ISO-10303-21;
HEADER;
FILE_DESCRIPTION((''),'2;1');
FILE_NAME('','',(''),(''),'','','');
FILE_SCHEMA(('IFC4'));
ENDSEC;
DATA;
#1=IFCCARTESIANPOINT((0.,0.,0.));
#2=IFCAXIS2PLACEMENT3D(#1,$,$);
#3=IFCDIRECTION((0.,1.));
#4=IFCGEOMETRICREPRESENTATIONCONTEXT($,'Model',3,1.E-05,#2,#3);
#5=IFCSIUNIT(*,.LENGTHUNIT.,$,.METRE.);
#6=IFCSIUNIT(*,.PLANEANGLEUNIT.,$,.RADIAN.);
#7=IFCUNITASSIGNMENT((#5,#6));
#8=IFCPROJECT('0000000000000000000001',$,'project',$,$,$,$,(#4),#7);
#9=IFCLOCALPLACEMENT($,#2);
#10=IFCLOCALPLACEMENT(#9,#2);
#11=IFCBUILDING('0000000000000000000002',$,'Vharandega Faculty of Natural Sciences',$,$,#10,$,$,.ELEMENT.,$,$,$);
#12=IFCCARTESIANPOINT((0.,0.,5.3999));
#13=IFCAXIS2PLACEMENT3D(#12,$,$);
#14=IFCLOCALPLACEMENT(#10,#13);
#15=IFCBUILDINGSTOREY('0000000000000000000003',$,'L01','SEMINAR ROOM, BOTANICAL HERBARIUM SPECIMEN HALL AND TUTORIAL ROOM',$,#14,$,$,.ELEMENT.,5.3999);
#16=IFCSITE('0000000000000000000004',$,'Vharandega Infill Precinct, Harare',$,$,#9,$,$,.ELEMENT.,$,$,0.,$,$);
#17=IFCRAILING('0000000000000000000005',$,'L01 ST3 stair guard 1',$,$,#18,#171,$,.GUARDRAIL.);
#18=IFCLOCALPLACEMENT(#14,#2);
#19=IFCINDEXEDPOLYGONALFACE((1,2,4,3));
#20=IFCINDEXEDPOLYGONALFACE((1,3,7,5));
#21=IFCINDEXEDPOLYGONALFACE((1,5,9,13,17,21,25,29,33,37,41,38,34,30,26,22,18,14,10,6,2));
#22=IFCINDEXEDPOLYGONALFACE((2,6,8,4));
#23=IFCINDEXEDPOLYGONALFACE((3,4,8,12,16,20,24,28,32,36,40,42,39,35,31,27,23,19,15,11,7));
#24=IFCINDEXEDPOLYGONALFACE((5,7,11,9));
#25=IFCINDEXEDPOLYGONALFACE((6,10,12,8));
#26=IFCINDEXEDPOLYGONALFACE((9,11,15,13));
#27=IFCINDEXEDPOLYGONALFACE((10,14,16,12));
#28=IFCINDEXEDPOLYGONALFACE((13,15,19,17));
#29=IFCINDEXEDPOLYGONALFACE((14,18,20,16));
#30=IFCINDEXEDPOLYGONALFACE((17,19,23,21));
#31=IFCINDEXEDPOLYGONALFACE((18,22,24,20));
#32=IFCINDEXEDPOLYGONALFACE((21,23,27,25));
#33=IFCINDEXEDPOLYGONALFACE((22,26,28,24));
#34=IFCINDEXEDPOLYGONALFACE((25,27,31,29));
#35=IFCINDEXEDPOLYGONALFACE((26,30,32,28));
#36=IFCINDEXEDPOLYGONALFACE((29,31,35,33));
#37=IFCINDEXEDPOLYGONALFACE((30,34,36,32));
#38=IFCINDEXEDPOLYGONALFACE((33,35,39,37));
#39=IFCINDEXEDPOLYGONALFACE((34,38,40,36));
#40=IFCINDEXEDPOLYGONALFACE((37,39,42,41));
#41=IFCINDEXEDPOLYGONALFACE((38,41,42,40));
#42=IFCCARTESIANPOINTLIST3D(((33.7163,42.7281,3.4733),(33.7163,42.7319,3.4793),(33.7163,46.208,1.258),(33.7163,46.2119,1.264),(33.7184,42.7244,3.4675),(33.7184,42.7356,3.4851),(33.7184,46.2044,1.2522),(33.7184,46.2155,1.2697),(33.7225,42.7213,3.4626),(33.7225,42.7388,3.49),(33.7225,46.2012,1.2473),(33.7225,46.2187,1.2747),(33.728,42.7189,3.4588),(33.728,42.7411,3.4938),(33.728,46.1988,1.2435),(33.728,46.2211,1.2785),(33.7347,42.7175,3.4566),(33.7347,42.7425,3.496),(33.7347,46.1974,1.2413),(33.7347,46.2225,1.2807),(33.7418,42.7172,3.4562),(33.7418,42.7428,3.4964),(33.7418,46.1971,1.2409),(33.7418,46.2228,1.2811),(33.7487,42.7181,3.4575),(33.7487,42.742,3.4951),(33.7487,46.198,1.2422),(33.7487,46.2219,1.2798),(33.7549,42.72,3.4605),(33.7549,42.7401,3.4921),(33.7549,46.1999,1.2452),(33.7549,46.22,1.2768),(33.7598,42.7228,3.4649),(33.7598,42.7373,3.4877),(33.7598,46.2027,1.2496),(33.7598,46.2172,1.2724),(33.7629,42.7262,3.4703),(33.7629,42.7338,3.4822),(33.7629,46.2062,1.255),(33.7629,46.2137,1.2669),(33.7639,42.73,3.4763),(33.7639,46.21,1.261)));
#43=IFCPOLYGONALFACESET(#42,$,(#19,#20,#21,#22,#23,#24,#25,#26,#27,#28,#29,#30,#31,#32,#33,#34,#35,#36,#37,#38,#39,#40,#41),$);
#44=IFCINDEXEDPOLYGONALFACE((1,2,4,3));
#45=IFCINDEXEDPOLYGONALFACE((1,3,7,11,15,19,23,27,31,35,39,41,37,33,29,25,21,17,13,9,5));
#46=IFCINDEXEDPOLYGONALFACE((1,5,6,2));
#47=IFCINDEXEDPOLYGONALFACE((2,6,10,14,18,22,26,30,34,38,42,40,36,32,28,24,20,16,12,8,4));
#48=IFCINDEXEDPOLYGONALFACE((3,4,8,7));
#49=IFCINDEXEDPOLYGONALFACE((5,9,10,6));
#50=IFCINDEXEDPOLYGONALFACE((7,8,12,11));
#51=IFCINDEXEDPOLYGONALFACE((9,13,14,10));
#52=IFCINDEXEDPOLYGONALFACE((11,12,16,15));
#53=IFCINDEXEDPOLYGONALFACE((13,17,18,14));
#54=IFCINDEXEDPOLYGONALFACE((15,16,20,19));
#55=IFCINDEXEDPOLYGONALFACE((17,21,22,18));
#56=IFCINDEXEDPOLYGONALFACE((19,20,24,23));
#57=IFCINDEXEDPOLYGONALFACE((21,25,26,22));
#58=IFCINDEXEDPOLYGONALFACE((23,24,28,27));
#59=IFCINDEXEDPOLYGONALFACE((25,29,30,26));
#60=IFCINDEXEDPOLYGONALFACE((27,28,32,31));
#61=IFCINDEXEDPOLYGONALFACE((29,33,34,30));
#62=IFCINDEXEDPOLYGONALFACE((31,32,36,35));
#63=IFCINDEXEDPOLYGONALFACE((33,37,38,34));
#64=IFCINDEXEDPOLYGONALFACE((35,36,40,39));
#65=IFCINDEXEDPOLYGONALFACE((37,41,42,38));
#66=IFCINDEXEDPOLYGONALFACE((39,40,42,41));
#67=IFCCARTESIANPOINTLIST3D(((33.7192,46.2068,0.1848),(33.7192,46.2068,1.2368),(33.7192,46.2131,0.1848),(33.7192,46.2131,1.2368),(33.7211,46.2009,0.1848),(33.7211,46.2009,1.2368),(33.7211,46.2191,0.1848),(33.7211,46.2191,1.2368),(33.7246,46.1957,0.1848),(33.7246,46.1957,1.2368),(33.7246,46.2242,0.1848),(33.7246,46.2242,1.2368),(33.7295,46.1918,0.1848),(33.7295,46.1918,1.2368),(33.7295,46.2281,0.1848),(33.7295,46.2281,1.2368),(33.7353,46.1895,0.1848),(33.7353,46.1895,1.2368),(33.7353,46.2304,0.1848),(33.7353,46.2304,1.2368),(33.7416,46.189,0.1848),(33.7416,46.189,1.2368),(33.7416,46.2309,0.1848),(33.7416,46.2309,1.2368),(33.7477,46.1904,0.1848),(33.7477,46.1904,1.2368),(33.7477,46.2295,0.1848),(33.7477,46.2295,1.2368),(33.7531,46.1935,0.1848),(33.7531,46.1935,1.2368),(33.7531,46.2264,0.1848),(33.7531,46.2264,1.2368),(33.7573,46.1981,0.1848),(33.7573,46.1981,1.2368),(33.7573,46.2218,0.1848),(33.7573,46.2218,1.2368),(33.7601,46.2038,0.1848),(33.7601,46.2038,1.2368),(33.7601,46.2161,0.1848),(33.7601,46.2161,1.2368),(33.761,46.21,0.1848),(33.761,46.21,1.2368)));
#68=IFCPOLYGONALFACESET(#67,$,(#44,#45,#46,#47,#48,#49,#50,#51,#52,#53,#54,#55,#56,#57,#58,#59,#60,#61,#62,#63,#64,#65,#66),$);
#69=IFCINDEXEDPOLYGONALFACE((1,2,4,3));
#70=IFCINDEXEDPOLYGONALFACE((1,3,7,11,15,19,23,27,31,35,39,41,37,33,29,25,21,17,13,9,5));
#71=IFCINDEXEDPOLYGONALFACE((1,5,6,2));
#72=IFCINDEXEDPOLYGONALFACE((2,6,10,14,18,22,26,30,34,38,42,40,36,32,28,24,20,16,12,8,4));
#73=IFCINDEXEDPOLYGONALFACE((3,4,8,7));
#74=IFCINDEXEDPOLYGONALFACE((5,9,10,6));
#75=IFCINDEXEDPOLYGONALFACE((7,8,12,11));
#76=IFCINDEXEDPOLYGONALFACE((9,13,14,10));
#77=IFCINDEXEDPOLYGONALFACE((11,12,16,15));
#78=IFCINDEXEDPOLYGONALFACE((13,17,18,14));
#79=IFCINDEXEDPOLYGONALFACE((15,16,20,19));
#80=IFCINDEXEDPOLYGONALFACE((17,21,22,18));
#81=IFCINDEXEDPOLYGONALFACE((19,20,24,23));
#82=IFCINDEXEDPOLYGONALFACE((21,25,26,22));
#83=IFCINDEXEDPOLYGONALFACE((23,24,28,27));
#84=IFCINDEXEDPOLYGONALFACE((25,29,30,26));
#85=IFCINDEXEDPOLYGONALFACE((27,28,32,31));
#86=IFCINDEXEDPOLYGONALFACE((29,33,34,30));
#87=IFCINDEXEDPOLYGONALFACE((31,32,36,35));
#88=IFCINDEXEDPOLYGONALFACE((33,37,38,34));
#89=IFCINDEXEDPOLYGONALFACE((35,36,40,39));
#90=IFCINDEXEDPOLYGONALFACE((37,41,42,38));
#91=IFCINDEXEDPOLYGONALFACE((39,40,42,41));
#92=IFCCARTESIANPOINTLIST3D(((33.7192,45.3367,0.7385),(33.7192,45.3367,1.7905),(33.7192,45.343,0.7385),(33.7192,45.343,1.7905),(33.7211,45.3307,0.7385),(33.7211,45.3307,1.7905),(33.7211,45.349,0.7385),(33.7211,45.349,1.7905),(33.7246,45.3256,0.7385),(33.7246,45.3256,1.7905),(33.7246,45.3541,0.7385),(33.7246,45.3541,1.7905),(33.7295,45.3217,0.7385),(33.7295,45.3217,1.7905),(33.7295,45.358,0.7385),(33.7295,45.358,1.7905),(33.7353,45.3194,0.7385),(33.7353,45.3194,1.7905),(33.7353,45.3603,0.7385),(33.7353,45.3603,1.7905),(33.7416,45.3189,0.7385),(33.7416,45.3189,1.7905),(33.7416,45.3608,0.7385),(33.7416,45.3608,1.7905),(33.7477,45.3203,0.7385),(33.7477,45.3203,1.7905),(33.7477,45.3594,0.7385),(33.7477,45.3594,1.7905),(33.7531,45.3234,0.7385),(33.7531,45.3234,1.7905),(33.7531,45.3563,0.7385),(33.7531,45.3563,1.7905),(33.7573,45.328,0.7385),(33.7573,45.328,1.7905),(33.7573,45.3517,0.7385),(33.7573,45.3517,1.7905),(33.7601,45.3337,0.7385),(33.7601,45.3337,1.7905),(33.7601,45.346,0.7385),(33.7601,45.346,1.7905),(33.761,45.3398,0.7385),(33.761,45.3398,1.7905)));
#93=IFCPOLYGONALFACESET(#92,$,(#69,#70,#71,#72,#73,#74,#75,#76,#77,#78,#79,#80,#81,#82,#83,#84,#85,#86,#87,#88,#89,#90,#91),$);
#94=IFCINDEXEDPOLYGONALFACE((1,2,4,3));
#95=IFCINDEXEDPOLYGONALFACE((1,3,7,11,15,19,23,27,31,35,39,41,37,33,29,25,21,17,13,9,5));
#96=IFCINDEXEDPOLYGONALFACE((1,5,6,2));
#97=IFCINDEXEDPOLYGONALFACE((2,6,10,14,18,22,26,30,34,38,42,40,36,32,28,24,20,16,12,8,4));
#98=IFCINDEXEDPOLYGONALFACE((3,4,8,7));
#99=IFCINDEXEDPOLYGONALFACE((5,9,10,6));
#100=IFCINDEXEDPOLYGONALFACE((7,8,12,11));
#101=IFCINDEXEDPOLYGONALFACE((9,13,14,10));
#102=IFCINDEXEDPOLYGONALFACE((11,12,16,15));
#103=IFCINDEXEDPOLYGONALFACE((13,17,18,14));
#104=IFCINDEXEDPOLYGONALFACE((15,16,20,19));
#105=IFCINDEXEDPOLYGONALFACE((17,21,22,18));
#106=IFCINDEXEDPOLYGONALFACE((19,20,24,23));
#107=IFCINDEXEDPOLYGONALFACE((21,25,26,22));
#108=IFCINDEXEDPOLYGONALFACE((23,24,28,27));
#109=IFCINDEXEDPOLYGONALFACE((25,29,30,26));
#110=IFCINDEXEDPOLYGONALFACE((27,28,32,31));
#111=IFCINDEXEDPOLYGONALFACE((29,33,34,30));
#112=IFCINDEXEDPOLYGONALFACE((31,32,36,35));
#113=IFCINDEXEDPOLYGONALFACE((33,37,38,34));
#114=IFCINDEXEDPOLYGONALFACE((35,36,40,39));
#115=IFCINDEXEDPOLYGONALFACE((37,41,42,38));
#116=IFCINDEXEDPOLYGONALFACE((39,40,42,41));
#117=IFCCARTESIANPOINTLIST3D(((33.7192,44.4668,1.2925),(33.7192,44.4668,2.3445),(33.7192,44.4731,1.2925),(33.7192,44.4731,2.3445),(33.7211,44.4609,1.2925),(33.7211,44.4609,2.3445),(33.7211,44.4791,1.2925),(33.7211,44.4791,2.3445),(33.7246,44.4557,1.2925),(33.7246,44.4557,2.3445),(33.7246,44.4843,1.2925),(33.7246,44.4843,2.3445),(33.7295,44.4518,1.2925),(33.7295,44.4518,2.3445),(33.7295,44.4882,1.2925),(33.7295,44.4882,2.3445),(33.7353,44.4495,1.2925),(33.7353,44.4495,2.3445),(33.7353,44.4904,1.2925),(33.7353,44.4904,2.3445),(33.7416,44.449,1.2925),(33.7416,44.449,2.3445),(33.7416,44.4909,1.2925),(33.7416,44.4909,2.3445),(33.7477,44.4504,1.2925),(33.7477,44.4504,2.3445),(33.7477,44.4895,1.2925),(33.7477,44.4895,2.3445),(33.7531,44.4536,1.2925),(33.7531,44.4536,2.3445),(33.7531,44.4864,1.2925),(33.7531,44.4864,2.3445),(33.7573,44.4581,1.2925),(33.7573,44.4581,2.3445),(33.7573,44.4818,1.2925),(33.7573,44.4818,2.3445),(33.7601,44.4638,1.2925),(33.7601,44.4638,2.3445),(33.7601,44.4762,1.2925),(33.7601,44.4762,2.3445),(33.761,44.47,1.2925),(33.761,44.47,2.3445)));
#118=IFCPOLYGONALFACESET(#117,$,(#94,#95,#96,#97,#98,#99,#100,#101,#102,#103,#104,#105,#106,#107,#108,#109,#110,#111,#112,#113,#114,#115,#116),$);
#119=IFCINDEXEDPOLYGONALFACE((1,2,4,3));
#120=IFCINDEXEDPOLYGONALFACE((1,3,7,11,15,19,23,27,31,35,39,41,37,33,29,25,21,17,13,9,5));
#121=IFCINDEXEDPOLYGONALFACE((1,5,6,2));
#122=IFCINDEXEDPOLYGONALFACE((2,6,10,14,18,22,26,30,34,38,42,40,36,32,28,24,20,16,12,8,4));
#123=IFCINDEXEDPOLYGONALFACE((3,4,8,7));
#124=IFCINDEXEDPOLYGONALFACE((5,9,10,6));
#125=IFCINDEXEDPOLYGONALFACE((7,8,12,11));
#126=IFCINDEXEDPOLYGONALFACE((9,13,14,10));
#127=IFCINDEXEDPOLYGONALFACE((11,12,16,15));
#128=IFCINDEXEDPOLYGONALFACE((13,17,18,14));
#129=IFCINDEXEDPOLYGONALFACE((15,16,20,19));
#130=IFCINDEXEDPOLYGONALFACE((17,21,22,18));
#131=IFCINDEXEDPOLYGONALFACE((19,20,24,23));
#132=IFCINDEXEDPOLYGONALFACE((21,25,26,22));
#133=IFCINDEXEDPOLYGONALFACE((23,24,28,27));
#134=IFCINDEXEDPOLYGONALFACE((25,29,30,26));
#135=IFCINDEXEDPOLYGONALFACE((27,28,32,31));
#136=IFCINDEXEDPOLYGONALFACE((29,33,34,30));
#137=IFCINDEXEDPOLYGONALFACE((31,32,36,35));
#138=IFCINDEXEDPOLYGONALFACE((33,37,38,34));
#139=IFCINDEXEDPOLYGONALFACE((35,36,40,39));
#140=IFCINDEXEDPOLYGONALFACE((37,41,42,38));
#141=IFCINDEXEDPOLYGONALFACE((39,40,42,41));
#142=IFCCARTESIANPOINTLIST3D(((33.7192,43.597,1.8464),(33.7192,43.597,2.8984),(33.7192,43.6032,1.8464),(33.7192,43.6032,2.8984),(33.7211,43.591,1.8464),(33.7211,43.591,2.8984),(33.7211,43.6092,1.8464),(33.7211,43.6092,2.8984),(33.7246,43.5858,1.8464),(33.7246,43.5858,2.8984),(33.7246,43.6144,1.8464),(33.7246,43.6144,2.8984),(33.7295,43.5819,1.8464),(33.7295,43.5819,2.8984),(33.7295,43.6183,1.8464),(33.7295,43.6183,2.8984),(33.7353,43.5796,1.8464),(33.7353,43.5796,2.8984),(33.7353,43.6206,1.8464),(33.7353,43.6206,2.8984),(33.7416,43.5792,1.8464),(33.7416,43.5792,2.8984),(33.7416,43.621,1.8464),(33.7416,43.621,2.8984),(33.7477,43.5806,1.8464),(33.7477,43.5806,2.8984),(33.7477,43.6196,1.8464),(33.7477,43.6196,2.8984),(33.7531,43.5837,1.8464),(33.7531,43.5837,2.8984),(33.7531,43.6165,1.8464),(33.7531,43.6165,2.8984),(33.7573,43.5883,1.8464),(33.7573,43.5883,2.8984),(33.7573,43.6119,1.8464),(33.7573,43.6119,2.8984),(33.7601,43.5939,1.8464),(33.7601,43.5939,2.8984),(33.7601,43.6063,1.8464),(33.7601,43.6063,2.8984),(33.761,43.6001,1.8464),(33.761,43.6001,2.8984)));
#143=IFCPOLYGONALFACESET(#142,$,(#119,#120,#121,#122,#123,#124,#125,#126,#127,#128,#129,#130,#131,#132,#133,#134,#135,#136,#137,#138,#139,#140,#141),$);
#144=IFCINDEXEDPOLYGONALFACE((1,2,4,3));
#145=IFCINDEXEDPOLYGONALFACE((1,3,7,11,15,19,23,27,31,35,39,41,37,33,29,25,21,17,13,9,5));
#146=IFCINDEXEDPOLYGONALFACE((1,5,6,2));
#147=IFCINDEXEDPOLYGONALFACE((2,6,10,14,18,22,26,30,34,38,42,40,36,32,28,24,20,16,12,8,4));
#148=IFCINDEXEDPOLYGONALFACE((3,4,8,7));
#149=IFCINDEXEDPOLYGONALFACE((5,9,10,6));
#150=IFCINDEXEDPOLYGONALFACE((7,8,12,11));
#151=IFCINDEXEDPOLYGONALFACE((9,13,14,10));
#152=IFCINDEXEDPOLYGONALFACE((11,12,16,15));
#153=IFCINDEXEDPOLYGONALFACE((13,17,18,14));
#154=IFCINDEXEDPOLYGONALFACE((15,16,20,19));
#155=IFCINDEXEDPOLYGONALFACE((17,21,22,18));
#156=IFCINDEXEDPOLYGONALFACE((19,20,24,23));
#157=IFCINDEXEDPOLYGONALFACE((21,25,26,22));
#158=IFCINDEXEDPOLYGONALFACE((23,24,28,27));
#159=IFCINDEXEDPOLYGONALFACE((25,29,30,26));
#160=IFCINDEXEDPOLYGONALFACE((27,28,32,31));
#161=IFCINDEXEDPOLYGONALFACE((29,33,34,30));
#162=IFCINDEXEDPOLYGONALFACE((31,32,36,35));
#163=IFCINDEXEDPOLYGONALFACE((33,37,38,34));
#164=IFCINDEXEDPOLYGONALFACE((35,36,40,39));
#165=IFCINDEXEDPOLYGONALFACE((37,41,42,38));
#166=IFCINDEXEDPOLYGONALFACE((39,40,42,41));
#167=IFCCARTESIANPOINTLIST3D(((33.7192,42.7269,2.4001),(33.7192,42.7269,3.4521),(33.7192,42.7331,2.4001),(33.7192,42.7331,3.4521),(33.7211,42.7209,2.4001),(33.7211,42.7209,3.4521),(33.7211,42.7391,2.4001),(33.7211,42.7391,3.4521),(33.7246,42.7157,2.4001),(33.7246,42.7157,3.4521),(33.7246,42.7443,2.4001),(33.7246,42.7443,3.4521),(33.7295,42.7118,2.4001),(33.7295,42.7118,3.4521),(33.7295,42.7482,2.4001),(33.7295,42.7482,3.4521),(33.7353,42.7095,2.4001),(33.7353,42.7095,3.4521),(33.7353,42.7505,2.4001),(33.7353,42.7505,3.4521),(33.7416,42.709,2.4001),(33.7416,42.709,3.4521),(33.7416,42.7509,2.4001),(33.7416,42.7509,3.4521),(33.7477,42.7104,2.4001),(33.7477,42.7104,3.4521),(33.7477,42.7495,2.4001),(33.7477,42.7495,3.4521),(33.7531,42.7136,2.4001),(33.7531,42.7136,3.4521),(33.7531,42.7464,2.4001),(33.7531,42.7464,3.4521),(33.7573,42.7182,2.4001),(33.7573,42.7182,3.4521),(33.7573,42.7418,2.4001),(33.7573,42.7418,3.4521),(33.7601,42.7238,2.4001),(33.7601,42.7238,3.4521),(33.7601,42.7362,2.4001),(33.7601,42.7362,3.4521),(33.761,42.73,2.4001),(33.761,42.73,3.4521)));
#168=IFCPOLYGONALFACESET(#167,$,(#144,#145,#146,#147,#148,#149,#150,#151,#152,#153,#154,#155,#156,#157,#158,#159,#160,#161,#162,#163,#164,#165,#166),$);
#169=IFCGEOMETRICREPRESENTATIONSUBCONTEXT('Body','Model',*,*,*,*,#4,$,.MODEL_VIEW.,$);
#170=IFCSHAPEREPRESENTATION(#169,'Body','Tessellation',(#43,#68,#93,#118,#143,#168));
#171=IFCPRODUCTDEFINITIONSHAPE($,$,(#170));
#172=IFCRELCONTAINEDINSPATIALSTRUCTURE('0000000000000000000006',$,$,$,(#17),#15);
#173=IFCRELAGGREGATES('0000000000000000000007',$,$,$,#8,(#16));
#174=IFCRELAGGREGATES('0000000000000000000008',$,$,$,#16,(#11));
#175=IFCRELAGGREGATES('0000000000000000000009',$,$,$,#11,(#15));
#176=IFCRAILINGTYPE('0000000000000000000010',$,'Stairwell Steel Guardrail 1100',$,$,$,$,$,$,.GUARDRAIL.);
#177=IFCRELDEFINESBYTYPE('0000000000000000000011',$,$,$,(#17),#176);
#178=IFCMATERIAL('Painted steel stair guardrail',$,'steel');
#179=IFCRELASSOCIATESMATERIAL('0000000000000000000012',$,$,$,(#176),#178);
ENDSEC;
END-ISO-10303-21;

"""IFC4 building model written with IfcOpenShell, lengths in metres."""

from ifc_helpers import new_model, si_unit, direction, frame, origin, origin_2d, place, context, subcontext, project, spatial, circle, extrude, material, type_object, element, save


model = new_model("IFC4")

# Units and contexts
model_context = context("Model", 3, precision=1e-05, world=origin(), true_north=direction((0.0, 1.0)))
body_context = subcontext(model_context, "Body", "Model", "MODEL_VIEW")
ifc_project = project(units=[si_unit("LENGTHUNIT", "METRE"), si_unit("PLANEANGLEUNIT", "RADIAN")], contexts=[model_context])

# Site, building, storey
site_placement = place(None, origin())
site = spatial("IfcSite", under=ifc_project, at=site_placement, Name="Vharandega Infill Precinct, Harare", CompositionType="ELEMENT", RefElevation=0.0)
building_placement = place(site_placement, origin())
building = spatial("IfcBuilding", under=site, at=building_placement, Name="Vharandega Faculty of Natural Sciences", CompositionType="ELEMENT")
storey_placement = place(building_placement, frame((0.0, 0.0, 5.3999)))
storey = spatial("IfcBuildingStorey", under=building, at=storey_placement, Name="L01", Description="SEMINAR ROOM, BOTANICAL HERBARIUM SPECIMEN HALL AND TUTORIAL ROOM", CompositionType="ELEMENT", Elevation=5.3999)

# Railing
ifc_material_1 = material(Name="Painted steel stair guardrail", Category="steel")
railing_type_1 = type_object("IfcRailingType", Name="Stairwell Steel Guardrail 1100", PredefinedType="GUARDRAIL", material=ifc_material_1)
railing_1_placement = place(storey_placement, frame((33.74, 46.21, 0.1848)))
element("IfcRailing", 1, at=railing_1_placement, inside=storey, type_object=railing_type_1, Name="L01 ST3 stair guard 1", PredefinedType="GUARDRAIL", context=body_context, shape_type="SweptSolid", body=[
    extrude(circle(Radius=0.0239, at=origin_2d()), frame((0.0, 0.0, 1.0762), z_axis=(0.0, -0.843574, 0.537013), x_axis=(1.0, 0.0, 0.0)), (0.0, 0.0, 1.0), 4.1252),
    extrude(circle(Radius=0.021, at=origin_2d()), origin(), (0.0, 0.0, 1.0), 1.052),
    extrude(circle(Radius=0.021, at=origin_2d()), frame((0.0, -0.8701, 0.5537)), (0.0, 0.0, 1.0), 1.052),
    extrude(circle(Radius=0.021, at=origin_2d()), frame((0.0, -1.74, 1.1077)), (0.0, 0.0, 1.0), 1.052),
    extrude(circle(Radius=0.021, at=origin_2d()), frame((0.0, -2.6099, 1.6616)), (0.0, 0.0, 1.0), 1.052),
    extrude(circle(Radius=0.021, at=origin_2d()), frame((0.0, -3.48, 2.2153)), (0.0, 0.0, 1.0), 1.052),
])

save(model, "model.ifc")
